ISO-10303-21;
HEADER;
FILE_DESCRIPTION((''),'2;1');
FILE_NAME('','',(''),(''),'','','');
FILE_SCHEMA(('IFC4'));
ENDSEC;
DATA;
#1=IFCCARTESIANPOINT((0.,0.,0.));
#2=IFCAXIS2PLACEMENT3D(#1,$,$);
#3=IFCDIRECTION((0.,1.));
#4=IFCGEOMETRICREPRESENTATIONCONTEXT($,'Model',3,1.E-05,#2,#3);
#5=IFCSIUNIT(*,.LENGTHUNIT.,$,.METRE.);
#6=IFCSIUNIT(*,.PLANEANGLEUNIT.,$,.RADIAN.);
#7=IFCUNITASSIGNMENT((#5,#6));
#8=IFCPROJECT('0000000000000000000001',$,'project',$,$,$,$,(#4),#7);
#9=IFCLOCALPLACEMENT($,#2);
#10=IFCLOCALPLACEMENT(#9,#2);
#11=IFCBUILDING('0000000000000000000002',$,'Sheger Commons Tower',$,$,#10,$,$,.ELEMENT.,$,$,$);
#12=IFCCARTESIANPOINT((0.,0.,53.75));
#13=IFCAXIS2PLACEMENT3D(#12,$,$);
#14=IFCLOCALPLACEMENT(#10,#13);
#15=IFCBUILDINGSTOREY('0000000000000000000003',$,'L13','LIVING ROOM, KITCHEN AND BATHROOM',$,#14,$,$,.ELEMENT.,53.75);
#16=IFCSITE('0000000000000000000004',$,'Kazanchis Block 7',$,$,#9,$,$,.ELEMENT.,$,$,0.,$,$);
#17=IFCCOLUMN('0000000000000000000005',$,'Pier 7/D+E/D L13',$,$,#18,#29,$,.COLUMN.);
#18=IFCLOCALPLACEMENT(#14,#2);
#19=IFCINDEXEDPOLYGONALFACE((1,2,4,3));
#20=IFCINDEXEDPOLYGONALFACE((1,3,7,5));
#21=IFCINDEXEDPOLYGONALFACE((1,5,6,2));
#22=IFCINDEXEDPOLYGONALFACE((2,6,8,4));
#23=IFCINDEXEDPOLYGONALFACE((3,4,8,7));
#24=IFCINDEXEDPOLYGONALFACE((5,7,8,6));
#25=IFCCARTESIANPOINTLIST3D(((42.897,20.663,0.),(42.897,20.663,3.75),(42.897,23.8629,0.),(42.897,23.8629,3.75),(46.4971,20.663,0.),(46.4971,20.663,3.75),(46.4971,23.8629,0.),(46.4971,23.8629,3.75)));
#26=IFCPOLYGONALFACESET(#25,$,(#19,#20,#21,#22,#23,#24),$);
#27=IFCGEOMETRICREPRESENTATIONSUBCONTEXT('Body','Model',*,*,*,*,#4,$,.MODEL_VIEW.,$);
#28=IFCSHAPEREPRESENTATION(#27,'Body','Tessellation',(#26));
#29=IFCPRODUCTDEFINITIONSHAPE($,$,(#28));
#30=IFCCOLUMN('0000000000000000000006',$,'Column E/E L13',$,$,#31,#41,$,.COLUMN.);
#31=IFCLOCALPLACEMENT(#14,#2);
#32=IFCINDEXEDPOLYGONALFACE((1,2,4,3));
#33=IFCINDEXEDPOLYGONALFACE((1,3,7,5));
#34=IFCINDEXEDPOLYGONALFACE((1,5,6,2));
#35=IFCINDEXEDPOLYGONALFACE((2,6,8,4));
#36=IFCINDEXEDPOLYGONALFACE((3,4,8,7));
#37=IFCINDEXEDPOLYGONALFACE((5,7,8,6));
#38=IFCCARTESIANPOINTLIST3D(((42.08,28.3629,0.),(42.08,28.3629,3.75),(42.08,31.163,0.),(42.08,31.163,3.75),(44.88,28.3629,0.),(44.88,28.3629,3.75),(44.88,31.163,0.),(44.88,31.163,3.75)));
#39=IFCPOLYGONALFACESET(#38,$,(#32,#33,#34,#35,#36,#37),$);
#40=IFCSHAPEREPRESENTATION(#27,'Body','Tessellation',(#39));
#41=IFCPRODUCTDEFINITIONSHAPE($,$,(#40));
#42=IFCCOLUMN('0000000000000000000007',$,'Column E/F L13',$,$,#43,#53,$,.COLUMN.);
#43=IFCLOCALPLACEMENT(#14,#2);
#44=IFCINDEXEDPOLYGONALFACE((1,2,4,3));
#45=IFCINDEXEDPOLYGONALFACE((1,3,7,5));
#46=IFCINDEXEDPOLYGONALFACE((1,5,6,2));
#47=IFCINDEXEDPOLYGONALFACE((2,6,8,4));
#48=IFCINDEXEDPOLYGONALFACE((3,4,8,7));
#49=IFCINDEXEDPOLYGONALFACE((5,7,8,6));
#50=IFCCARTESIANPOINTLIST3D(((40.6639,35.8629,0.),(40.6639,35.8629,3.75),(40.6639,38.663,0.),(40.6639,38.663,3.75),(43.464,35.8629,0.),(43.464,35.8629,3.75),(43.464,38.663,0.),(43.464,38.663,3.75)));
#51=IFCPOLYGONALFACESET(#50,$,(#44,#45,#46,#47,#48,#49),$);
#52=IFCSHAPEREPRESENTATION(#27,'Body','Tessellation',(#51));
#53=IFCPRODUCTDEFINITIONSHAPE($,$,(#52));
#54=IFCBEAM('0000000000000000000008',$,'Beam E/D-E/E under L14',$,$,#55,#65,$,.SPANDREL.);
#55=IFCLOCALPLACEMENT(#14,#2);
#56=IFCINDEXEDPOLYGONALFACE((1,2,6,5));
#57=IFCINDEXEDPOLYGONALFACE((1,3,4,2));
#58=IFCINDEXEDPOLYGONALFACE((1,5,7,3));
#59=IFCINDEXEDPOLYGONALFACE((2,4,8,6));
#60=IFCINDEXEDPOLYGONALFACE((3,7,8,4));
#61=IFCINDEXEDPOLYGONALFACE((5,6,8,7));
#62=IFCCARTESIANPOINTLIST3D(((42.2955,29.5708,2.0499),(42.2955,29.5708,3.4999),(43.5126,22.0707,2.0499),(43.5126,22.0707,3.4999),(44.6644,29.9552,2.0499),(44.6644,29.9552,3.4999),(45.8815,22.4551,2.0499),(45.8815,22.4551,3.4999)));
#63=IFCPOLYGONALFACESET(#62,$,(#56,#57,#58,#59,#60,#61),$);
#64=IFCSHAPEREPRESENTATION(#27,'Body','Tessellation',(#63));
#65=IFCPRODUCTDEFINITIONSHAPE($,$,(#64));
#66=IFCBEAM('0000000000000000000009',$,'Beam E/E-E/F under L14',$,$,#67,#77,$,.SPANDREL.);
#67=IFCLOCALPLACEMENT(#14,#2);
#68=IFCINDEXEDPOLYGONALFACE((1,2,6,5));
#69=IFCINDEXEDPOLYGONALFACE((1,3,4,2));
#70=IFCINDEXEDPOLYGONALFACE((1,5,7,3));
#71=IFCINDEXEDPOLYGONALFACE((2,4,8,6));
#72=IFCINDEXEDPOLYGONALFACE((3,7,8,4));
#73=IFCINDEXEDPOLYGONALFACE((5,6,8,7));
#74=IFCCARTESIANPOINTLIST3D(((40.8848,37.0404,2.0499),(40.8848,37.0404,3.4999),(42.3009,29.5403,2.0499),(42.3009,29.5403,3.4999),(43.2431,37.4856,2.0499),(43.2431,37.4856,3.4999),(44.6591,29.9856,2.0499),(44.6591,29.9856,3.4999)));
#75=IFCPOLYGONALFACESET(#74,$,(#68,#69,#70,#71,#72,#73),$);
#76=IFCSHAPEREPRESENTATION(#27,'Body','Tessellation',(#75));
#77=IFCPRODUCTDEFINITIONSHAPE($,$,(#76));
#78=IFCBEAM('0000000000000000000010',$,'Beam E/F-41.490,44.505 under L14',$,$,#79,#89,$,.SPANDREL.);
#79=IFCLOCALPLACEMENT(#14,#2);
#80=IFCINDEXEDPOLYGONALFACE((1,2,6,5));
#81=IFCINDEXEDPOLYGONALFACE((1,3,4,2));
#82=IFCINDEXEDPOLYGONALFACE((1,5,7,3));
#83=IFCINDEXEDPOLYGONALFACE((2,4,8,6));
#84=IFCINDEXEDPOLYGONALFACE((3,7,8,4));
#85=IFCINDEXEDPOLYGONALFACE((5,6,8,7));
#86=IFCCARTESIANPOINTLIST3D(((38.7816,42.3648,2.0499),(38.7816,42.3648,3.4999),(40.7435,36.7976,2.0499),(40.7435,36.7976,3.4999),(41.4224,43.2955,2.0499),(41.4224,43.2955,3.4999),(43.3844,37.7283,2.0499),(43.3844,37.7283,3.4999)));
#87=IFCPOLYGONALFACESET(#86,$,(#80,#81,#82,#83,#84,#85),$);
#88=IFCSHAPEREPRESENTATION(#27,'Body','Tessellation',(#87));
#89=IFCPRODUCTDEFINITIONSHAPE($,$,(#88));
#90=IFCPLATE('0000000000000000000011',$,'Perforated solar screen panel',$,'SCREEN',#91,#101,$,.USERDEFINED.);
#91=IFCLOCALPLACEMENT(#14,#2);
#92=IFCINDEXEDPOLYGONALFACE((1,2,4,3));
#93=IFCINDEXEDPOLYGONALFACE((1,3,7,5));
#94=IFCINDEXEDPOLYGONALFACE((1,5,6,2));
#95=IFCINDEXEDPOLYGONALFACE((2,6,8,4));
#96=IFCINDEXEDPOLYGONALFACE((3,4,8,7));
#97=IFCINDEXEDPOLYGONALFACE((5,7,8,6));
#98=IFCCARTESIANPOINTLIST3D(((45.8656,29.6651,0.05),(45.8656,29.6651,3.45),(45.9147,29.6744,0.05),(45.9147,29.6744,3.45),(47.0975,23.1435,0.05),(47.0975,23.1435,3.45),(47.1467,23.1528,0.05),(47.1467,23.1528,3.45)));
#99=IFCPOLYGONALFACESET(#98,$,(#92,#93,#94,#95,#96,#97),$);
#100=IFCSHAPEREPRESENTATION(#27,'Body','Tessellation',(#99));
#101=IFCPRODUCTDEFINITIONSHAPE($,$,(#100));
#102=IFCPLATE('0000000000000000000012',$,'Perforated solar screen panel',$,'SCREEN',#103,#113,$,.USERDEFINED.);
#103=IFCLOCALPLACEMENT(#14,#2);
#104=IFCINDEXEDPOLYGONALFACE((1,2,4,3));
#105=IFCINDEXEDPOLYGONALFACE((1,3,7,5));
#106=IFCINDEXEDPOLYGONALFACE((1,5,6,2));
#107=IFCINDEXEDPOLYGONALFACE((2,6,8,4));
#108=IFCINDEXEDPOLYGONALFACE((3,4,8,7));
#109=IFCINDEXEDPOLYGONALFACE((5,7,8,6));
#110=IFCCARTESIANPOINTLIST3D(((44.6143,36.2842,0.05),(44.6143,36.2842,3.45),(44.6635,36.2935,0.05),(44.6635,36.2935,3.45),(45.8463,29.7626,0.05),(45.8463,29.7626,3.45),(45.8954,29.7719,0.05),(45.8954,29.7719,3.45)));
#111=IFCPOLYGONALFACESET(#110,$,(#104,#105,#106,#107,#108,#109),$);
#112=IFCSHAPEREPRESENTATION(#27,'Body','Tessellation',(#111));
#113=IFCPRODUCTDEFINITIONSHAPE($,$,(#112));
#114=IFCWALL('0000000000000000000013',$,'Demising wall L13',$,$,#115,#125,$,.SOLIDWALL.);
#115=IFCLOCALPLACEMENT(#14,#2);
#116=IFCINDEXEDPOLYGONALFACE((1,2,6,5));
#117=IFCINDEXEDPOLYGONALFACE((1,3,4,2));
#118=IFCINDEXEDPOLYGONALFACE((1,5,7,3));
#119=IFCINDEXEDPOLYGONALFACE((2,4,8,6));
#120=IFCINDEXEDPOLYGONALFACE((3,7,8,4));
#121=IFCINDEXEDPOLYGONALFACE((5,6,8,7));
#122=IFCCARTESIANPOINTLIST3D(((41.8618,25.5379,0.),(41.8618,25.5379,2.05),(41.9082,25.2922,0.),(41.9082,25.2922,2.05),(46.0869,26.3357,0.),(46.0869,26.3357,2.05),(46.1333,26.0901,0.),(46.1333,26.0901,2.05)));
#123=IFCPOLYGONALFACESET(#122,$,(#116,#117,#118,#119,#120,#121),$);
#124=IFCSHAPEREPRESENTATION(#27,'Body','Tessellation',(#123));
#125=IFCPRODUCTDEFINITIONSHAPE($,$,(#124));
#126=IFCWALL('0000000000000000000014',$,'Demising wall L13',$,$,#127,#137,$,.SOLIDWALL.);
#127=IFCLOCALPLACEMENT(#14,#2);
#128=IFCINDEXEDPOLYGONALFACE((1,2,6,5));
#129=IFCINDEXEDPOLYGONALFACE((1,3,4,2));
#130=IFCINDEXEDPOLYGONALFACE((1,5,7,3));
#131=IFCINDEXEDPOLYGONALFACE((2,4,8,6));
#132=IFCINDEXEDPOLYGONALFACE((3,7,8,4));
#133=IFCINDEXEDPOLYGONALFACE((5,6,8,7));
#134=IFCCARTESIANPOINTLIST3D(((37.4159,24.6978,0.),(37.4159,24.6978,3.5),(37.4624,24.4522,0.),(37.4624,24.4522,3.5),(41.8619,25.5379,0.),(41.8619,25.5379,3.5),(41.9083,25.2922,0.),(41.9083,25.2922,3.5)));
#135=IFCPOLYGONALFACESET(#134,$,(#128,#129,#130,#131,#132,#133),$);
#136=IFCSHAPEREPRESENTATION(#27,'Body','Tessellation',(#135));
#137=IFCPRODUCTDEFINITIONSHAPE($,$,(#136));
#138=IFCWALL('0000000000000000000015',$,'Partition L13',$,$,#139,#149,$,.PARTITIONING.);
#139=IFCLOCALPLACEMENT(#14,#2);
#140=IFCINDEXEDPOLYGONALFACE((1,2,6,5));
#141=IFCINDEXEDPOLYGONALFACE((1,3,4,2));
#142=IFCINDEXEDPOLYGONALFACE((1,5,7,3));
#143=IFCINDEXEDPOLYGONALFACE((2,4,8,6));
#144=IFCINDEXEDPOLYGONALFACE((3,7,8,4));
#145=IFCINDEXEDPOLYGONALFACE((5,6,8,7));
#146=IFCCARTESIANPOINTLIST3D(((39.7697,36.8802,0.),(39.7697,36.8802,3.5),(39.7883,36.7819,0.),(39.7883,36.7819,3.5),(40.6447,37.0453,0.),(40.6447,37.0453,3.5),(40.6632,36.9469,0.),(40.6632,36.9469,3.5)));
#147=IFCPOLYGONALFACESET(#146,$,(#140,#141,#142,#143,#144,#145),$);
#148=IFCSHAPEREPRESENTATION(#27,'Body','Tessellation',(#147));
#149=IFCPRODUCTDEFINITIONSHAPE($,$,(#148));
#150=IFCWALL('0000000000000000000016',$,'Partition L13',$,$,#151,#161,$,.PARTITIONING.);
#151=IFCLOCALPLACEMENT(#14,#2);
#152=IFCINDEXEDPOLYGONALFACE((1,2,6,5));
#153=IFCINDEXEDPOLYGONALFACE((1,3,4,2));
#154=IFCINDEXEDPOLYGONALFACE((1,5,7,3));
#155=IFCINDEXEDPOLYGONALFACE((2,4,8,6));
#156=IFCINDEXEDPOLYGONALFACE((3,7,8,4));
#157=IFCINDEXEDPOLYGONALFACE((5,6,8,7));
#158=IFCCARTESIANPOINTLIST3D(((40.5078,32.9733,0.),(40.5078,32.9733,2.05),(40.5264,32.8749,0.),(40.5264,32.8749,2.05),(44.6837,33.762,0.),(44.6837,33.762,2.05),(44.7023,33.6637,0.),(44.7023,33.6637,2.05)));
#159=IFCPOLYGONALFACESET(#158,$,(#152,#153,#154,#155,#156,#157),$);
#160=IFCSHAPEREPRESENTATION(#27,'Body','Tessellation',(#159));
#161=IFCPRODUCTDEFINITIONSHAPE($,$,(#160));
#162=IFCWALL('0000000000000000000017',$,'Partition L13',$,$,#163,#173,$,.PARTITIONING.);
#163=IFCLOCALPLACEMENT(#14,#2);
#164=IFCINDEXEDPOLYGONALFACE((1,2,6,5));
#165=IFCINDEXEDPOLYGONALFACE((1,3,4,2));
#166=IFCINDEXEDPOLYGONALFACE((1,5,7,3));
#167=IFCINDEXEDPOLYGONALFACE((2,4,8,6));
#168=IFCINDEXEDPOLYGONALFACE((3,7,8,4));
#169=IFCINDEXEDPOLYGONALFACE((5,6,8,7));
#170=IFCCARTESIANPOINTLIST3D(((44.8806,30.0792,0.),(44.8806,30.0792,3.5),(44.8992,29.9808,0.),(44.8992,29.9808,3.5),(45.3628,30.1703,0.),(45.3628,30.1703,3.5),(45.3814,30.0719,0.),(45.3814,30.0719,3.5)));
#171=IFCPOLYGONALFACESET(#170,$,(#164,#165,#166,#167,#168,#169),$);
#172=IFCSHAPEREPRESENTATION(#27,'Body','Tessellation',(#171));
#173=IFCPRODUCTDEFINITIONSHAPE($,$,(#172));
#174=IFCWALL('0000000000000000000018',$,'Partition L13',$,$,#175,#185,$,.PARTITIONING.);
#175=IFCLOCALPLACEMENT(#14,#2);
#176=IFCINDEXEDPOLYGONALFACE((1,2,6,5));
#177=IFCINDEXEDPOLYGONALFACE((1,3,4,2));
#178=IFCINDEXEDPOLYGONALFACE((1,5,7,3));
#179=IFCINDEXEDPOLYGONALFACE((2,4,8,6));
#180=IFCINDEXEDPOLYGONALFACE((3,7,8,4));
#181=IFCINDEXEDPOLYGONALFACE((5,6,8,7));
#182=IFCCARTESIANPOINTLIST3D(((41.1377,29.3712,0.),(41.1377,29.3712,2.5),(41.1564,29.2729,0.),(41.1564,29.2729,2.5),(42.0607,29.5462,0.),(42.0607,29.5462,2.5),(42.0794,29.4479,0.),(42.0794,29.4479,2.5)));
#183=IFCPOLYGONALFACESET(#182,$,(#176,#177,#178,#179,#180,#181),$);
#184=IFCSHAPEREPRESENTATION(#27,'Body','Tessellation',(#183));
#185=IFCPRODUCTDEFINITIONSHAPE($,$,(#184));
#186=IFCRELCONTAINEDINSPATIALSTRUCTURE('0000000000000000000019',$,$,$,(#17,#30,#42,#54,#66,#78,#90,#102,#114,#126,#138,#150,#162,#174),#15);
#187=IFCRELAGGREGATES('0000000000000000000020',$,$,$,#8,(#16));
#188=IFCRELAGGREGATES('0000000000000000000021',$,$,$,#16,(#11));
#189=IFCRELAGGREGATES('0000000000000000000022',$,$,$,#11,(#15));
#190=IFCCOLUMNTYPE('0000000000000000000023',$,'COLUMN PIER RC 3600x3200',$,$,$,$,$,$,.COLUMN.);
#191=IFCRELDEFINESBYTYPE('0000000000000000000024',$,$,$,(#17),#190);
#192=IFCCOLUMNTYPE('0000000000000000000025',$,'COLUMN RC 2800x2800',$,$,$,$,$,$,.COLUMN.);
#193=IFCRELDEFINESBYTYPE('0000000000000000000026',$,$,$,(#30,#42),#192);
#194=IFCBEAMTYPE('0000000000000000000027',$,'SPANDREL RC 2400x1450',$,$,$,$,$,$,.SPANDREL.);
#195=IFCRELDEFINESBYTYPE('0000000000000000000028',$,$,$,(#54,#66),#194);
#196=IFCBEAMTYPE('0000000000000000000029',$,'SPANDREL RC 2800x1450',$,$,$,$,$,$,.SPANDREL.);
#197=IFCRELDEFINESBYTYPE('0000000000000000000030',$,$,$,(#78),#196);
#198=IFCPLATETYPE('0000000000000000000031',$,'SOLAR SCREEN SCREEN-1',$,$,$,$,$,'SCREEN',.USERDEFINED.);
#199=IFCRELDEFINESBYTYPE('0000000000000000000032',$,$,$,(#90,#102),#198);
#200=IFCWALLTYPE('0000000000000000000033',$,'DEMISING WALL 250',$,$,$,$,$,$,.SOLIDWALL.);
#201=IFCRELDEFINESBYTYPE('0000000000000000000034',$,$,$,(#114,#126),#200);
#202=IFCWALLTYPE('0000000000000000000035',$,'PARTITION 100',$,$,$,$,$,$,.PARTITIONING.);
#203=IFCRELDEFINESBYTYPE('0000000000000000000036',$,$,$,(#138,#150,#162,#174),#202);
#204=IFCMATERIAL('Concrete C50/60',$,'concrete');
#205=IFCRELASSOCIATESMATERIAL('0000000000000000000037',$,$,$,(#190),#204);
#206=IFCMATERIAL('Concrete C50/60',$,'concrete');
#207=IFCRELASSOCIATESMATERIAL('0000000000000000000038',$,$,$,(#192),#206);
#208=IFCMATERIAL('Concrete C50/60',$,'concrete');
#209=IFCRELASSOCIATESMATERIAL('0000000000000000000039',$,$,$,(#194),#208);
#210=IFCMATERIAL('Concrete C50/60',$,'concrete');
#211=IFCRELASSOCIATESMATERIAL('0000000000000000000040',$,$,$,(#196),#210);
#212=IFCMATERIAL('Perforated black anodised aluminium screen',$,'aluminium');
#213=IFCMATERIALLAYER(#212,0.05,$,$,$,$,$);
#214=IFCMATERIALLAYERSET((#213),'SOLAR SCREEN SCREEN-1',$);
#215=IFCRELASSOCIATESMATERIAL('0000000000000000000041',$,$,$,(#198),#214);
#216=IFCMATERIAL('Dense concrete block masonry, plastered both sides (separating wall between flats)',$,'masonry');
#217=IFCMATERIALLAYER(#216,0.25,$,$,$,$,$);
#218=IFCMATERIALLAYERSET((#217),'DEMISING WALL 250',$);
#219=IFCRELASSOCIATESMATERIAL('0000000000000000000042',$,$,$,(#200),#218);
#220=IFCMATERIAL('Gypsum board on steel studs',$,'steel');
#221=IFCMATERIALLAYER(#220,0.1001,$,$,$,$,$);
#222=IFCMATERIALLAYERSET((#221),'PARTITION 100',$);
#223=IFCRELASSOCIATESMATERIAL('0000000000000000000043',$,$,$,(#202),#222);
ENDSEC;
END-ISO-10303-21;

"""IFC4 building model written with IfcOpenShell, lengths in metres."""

from ifc_helpers import new_model, si_unit, direction, frame, frame_2d, origin, origin_2d, place, context, subcontext, project, spatial, rectangle, extrude, material, layer, layer_set, material_profile, profile_set, type_object, element, save


model = new_model("IFC4")

# Units and contexts
model_context = context("Model", 3, precision=1e-05, world=origin(), true_north=direction((0.0, 1.0)))
body_context = subcontext(model_context, "Body", "Model", "MODEL_VIEW")
ifc_project = project(units=[si_unit("LENGTHUNIT", "METRE"), si_unit("PLANEANGLEUNIT", "RADIAN")], contexts=[model_context])

# Site, building, storey
site_placement = place(None, origin())
site = spatial("IfcSite", under=ifc_project, at=site_placement, Name="Kazanchis Block 7", CompositionType="ELEMENT", RefElevation=0.0)
building_placement = place(site_placement, origin())
building = spatial("IfcBuilding", under=site, at=building_placement, Name="Sheger Commons Tower", CompositionType="ELEMENT")
storey_placement = place(building_placement, frame((0.0, 0.0, 53.75)))
storey = spatial("IfcBuildingStorey", under=building, at=storey_placement, Name="L13", Description="LIVING ROOM, KITCHEN AND BATHROOM", CompositionType="ELEMENT", Elevation=53.75)

# Columns
ifc_material_1 = material(Name="Concrete C50/60", Category="concrete")
ifc_material_profile_1 = material_profile(ifc_material_1, rectangle(XDim=3.6001, YDim=3.2, at=origin_2d()), Name="RC 3600x3200")
ifc_profile_set_1 = profile_set([ifc_material_profile_1], Name="Concrete C50/60")
column_type_1 = type_object("IfcColumnType", Name="COLUMN PIER RC 3600x3200", PredefinedType="COLUMN", material=ifc_profile_set_1)
column_placement = place(storey_placement, frame((44.697, 22.2629, 0.0), z_axis=(0.0, 0.0, 1.0), x_axis=(1.0, 0.0, 0.0)))
element("IfcColumn", 1, at=column_placement, inside=storey, type_object=column_type_1, Name="Pier 7/D+E/D L13", PredefinedType="COLUMN", context=body_context, shape_type="SweptSolid", body=[
    extrude(rectangle(XDim=3.6001, YDim=3.2, at=origin_2d()), origin(), (0.0, 0.0, 1.0), 3.75),
])
ifc_material_2 = material(Name="Concrete C50/60", Category="concrete")
ifc_material_profile_2 = material_profile(ifc_material_2, rectangle(XDim=2.8, YDim=2.8, at=origin_2d()), Name="RC 2800x2800")
ifc_profile_set_2 = profile_set([ifc_material_profile_2], Name="Concrete C50/60")
column_type_2 = type_object("IfcColumnType", Name="COLUMN RC 2800x2800", PredefinedType="COLUMN", material=ifc_profile_set_2)
for number, where, z_axis, x_axis, name in (
    (2, (43.48, 29.7629, 0.0), (0.0, 0.0, 1.0), (1.0, 0.0, 0.0), "Column E/E L13"),
    (3, (42.064, 37.2629, 0.0), (0.0, 0.0, 1.0), (1.0, 0.0, 0.0), "Column E/F L13"),
):
    element("IfcColumn", number, at=place(storey_placement, frame(where, z_axis=z_axis, x_axis=x_axis)), inside=storey, type_object=column_type_2, Name=name, PredefinedType="COLUMN", context=body_context, shape_type="SweptSolid", body=[
        extrude(rectangle(XDim=2.8, YDim=2.8, at=origin_2d()), origin(), (0.0, 0.0, 1.0), 3.75),
    ])

# Beams
ifc_material_3 = material(Name="Concrete C50/60", Category="concrete")
ifc_material_profile_3 = material_profile(ifc_material_3, rectangle(XDim=2.3999, YDim=1.45, at=origin_2d()), Name="RC 2400x1450")
ifc_profile_set_3 = profile_set([ifc_material_profile_3], Name="Concrete C50/60")
beam_type_1 = type_object("IfcBeamType", Name="SPANDREL RC 2400x1450", PredefinedType="SPANDREL", material=ifc_profile_set_3)
beam_1_placement = place(storey_placement, frame((44.697, 22.2629, 2.7749), z_axis=(-0.160177, 0.987088, 0.0), x_axis=(-0.987088, -0.160177, 0.0)))
element("IfcBeam", 4, at=beam_1_placement, inside=storey, type_object=beam_type_1, Name="Beam E/D-E/E under L14", PredefinedType="SPANDREL", context=body_context, shape_type="SweptSolid", body=[
    extrude(rectangle(XDim=2.3999, YDim=1.45, at=origin_2d()), origin(), (0.0, 0.0, 1.0), 7.5981),
])
beam_2_placement = place(storey_placement, frame((43.48, 29.7629, 2.7749), z_axis=(-0.185524, 0.98264, 0.0), x_axis=(-0.98264, -0.185524, 0.0)))
element("IfcBeam", 5, at=beam_2_placement, inside=storey, type_object=beam_type_1, Name="Beam E/E-E/F under L14", PredefinedType="SPANDREL", context=body_context, shape_type="SweptSolid", body=[
    extrude(rectangle(XDim=2.3999, YDim=1.45, at=origin_2d()), origin(), (0.0, 0.0, 1.0), 7.6326),
])
ifc_material_4 = material(Name="Concrete C50/60", Category="concrete")
ifc_material_profile_4 = material_profile(ifc_material_4, rectangle(XDim=2.8, YDim=1.45, at=origin_2d()), Name="RC 2800x1450")
ifc_profile_set_4 = profile_set([ifc_material_profile_4], Name="Concrete C50/60")
beam_type_2 = type_object("IfcBeamType", Name="SPANDREL RC 2800x1450", PredefinedType="SPANDREL", material=ifc_profile_set_4)
beam_3_placement = place(storey_placement, frame((42.064, 37.2629, 2.7749), z_axis=(-0.332374, 0.943148, 0.0), x_axis=(-0.943148, -0.332374, 0.0)))
element("IfcBeam", 6, at=beam_3_placement, inside=storey, type_object=beam_type_2, Name="Beam E/F-41.490,44.505 under L14", PredefinedType="SPANDREL", context=body_context, shape_type="SweptSolid", body=[
    extrude(rectangle(XDim=2.8, YDim=1.45, at=origin_2d()), origin(), (0.0, 0.0, 1.0), 5.9028),
])

# Plates
ifc_material_5 = material(Name="Perforated black anodised aluminium screen", Category="aluminium")
ifc_layer_1 = layer(ifc_material_5, 0.05)
ifc_layer_set_1 = layer_set([ifc_layer_1], Name="SOLAR SCREEN SCREEN-1")
plate_type = type_object("IfcPlateType", Name="SOLAR SCREEN SCREEN-1", ElementType="SCREEN", PredefinedType="USERDEFINED", material=ifc_layer_set_1)
for number, where, z_axis, x_axis, name in (
    (7, (46.5061, 26.4089, 0.05), (0.0, 0.0, 1.0), (-0.185615, 0.982623, 0.0), "Perforated solar screen panel"),
    (8, (45.2549, 33.0281, 0.05), (0.0, 0.0, 1.0), (-0.185615, 0.982623, 0.0), "Perforated solar screen panel"),
):
    element("IfcPlate", number, at=place(storey_placement, frame(where, z_axis=z_axis, x_axis=x_axis)), inside=storey, type_object=plate_type, Name=name, ObjectType="SCREEN", PredefinedType="USERDEFINED", context=body_context, shape_type="SweptSolid", body=[
        extrude(rectangle(XDim=6.637, YDim=0.05, at=origin_2d()), origin(), (0.0, 0.0, 1.0), 3.3999),
    ])

# Walls
ifc_material_6 = material(Name="Dense concrete block masonry, plastered both sides (separating wall between flats)", Category="masonry")
ifc_layer_2 = layer(ifc_material_6, 0.25)
ifc_layer_set_2 = layer_set([ifc_layer_2], Name="DEMISING WALL 250")
wall_type_1 = type_object("IfcWallType", Name="DEMISING WALL 250", PredefinedType="SOLIDWALL", material=ifc_layer_set_2)
wall_1_placement = place(storey_placement, frame((46.1101, 26.2129, 0.0), z_axis=(0.0, 0.0, 1.0), x_axis=(-0.982634, -0.185557, 0.0)))
element("IfcWall", 9, at=wall_1_placement, inside=storey, type_object=wall_type_1, Name="Demising wall L13", PredefinedType="SOLIDWALL", context=body_context, shape_type="SweptSolid", body=[
    extrude(rectangle(XDim=4.2998, YDim=0.25, at=frame_2d((2.1499, 0.0))), origin(), (0.0, 0.0, 1.0), 2.05),
])
wall_2_placement = place(storey_placement, frame((41.885, 25.415, 0.0), z_axis=(0.0, 0.0, 1.0), x_axis=(-0.982613, -0.185666, 0.0)))
element("IfcWall", 10, at=wall_2_placement, inside=storey, type_object=wall_type_1, Name="Demising wall L13", PredefinedType="SOLIDWALL", context=body_context, shape_type="SweptSolid", body=[
    extrude(rectangle(XDim=4.5247, YDim=0.25, at=frame_2d((2.2622, 0.0))), origin(), (0.0, 0.0, 1.0), 3.5),
])
ifc_material_7 = material(Name="Gypsum board on steel studs", Category="steel")
ifc_layer_3 = layer(ifc_material_7, 0.1001)
ifc_layer_set_3 = layer_set([ifc_layer_3], Name="PARTITION 100")
wall_type_2 = type_object("IfcWallType", Name="PARTITION 100", PredefinedType="PARTITIONING", material=ifc_layer_set_3)
wall_3_placement = place(storey_placement, frame((40.6541, 36.9961, 0.0), z_axis=(0.0, 0.0, 1.0), x_axis=(-0.982673, -0.185348, 0.0)))
element("IfcWall", 11, at=wall_3_placement, inside=storey, type_object=wall_type_2, Name="Partition L13", PredefinedType="PARTITIONING", context=body_context, shape_type="SweptSolid", body=[
    extrude(rectangle(XDim=0.8904, YDim=0.1001, at=frame_2d((0.4453, 0.0))), origin(), (0.0, 0.0, 1.0), 3.5),
])
wall_4_placement = place(storey_placement, frame((44.6931, 33.7129, 0.0), z_axis=(0.0, 0.0, 1.0), x_axis=(-0.982624, -0.18561, 0.0)))
element("IfcWall", 12, at=wall_4_placement, inside=storey, type_object=wall_type_2, Name="Partition L13", PredefinedType="PARTITIONING", context=body_context, shape_type="SweptSolid", body=[
    extrude(rectangle(XDim=4.2498, YDim=0.1001, at=frame_2d((2.125, 0.0))), origin(), (0.0, 0.0, 1.0), 2.05),
])
wall_5_placement = place(storey_placement, frame((45.3721, 30.1211, 0.0), z_axis=(0.0, 0.0, 1.0), x_axis=(-0.982629, -0.18558, 0.0)))
element("IfcWall", 13, at=wall_5_placement, inside=storey, type_object=wall_type_2, Name="Partition L13", PredefinedType="PARTITIONING", context=body_context, shape_type="SweptSolid", body=[
    extrude(rectangle(XDim=0.4907, YDim=0.1001, at=frame_2d((0.2454, 0.0))), origin(), (0.0, 0.0, 1.0), 3.5),
])
wall_6_placement = place(storey_placement, frame((42.0701, 29.4971, 0.0), z_axis=(0.0, 0.0, 1.0), x_axis=(-0.982491, -0.186312, 0.0)))
element("IfcWall", 14, at=wall_6_placement, inside=storey, type_object=wall_type_2, Name="Partition L13", PredefinedType="PARTITIONING", context=body_context, shape_type="SweptSolid", body=[
    extrude(rectangle(XDim=0.9395, YDim=0.1001, at=frame_2d((0.4697, 0.0))), origin(), (0.0, 0.0, 1.0), 2.5),
])

save(model, "model.ifc")
